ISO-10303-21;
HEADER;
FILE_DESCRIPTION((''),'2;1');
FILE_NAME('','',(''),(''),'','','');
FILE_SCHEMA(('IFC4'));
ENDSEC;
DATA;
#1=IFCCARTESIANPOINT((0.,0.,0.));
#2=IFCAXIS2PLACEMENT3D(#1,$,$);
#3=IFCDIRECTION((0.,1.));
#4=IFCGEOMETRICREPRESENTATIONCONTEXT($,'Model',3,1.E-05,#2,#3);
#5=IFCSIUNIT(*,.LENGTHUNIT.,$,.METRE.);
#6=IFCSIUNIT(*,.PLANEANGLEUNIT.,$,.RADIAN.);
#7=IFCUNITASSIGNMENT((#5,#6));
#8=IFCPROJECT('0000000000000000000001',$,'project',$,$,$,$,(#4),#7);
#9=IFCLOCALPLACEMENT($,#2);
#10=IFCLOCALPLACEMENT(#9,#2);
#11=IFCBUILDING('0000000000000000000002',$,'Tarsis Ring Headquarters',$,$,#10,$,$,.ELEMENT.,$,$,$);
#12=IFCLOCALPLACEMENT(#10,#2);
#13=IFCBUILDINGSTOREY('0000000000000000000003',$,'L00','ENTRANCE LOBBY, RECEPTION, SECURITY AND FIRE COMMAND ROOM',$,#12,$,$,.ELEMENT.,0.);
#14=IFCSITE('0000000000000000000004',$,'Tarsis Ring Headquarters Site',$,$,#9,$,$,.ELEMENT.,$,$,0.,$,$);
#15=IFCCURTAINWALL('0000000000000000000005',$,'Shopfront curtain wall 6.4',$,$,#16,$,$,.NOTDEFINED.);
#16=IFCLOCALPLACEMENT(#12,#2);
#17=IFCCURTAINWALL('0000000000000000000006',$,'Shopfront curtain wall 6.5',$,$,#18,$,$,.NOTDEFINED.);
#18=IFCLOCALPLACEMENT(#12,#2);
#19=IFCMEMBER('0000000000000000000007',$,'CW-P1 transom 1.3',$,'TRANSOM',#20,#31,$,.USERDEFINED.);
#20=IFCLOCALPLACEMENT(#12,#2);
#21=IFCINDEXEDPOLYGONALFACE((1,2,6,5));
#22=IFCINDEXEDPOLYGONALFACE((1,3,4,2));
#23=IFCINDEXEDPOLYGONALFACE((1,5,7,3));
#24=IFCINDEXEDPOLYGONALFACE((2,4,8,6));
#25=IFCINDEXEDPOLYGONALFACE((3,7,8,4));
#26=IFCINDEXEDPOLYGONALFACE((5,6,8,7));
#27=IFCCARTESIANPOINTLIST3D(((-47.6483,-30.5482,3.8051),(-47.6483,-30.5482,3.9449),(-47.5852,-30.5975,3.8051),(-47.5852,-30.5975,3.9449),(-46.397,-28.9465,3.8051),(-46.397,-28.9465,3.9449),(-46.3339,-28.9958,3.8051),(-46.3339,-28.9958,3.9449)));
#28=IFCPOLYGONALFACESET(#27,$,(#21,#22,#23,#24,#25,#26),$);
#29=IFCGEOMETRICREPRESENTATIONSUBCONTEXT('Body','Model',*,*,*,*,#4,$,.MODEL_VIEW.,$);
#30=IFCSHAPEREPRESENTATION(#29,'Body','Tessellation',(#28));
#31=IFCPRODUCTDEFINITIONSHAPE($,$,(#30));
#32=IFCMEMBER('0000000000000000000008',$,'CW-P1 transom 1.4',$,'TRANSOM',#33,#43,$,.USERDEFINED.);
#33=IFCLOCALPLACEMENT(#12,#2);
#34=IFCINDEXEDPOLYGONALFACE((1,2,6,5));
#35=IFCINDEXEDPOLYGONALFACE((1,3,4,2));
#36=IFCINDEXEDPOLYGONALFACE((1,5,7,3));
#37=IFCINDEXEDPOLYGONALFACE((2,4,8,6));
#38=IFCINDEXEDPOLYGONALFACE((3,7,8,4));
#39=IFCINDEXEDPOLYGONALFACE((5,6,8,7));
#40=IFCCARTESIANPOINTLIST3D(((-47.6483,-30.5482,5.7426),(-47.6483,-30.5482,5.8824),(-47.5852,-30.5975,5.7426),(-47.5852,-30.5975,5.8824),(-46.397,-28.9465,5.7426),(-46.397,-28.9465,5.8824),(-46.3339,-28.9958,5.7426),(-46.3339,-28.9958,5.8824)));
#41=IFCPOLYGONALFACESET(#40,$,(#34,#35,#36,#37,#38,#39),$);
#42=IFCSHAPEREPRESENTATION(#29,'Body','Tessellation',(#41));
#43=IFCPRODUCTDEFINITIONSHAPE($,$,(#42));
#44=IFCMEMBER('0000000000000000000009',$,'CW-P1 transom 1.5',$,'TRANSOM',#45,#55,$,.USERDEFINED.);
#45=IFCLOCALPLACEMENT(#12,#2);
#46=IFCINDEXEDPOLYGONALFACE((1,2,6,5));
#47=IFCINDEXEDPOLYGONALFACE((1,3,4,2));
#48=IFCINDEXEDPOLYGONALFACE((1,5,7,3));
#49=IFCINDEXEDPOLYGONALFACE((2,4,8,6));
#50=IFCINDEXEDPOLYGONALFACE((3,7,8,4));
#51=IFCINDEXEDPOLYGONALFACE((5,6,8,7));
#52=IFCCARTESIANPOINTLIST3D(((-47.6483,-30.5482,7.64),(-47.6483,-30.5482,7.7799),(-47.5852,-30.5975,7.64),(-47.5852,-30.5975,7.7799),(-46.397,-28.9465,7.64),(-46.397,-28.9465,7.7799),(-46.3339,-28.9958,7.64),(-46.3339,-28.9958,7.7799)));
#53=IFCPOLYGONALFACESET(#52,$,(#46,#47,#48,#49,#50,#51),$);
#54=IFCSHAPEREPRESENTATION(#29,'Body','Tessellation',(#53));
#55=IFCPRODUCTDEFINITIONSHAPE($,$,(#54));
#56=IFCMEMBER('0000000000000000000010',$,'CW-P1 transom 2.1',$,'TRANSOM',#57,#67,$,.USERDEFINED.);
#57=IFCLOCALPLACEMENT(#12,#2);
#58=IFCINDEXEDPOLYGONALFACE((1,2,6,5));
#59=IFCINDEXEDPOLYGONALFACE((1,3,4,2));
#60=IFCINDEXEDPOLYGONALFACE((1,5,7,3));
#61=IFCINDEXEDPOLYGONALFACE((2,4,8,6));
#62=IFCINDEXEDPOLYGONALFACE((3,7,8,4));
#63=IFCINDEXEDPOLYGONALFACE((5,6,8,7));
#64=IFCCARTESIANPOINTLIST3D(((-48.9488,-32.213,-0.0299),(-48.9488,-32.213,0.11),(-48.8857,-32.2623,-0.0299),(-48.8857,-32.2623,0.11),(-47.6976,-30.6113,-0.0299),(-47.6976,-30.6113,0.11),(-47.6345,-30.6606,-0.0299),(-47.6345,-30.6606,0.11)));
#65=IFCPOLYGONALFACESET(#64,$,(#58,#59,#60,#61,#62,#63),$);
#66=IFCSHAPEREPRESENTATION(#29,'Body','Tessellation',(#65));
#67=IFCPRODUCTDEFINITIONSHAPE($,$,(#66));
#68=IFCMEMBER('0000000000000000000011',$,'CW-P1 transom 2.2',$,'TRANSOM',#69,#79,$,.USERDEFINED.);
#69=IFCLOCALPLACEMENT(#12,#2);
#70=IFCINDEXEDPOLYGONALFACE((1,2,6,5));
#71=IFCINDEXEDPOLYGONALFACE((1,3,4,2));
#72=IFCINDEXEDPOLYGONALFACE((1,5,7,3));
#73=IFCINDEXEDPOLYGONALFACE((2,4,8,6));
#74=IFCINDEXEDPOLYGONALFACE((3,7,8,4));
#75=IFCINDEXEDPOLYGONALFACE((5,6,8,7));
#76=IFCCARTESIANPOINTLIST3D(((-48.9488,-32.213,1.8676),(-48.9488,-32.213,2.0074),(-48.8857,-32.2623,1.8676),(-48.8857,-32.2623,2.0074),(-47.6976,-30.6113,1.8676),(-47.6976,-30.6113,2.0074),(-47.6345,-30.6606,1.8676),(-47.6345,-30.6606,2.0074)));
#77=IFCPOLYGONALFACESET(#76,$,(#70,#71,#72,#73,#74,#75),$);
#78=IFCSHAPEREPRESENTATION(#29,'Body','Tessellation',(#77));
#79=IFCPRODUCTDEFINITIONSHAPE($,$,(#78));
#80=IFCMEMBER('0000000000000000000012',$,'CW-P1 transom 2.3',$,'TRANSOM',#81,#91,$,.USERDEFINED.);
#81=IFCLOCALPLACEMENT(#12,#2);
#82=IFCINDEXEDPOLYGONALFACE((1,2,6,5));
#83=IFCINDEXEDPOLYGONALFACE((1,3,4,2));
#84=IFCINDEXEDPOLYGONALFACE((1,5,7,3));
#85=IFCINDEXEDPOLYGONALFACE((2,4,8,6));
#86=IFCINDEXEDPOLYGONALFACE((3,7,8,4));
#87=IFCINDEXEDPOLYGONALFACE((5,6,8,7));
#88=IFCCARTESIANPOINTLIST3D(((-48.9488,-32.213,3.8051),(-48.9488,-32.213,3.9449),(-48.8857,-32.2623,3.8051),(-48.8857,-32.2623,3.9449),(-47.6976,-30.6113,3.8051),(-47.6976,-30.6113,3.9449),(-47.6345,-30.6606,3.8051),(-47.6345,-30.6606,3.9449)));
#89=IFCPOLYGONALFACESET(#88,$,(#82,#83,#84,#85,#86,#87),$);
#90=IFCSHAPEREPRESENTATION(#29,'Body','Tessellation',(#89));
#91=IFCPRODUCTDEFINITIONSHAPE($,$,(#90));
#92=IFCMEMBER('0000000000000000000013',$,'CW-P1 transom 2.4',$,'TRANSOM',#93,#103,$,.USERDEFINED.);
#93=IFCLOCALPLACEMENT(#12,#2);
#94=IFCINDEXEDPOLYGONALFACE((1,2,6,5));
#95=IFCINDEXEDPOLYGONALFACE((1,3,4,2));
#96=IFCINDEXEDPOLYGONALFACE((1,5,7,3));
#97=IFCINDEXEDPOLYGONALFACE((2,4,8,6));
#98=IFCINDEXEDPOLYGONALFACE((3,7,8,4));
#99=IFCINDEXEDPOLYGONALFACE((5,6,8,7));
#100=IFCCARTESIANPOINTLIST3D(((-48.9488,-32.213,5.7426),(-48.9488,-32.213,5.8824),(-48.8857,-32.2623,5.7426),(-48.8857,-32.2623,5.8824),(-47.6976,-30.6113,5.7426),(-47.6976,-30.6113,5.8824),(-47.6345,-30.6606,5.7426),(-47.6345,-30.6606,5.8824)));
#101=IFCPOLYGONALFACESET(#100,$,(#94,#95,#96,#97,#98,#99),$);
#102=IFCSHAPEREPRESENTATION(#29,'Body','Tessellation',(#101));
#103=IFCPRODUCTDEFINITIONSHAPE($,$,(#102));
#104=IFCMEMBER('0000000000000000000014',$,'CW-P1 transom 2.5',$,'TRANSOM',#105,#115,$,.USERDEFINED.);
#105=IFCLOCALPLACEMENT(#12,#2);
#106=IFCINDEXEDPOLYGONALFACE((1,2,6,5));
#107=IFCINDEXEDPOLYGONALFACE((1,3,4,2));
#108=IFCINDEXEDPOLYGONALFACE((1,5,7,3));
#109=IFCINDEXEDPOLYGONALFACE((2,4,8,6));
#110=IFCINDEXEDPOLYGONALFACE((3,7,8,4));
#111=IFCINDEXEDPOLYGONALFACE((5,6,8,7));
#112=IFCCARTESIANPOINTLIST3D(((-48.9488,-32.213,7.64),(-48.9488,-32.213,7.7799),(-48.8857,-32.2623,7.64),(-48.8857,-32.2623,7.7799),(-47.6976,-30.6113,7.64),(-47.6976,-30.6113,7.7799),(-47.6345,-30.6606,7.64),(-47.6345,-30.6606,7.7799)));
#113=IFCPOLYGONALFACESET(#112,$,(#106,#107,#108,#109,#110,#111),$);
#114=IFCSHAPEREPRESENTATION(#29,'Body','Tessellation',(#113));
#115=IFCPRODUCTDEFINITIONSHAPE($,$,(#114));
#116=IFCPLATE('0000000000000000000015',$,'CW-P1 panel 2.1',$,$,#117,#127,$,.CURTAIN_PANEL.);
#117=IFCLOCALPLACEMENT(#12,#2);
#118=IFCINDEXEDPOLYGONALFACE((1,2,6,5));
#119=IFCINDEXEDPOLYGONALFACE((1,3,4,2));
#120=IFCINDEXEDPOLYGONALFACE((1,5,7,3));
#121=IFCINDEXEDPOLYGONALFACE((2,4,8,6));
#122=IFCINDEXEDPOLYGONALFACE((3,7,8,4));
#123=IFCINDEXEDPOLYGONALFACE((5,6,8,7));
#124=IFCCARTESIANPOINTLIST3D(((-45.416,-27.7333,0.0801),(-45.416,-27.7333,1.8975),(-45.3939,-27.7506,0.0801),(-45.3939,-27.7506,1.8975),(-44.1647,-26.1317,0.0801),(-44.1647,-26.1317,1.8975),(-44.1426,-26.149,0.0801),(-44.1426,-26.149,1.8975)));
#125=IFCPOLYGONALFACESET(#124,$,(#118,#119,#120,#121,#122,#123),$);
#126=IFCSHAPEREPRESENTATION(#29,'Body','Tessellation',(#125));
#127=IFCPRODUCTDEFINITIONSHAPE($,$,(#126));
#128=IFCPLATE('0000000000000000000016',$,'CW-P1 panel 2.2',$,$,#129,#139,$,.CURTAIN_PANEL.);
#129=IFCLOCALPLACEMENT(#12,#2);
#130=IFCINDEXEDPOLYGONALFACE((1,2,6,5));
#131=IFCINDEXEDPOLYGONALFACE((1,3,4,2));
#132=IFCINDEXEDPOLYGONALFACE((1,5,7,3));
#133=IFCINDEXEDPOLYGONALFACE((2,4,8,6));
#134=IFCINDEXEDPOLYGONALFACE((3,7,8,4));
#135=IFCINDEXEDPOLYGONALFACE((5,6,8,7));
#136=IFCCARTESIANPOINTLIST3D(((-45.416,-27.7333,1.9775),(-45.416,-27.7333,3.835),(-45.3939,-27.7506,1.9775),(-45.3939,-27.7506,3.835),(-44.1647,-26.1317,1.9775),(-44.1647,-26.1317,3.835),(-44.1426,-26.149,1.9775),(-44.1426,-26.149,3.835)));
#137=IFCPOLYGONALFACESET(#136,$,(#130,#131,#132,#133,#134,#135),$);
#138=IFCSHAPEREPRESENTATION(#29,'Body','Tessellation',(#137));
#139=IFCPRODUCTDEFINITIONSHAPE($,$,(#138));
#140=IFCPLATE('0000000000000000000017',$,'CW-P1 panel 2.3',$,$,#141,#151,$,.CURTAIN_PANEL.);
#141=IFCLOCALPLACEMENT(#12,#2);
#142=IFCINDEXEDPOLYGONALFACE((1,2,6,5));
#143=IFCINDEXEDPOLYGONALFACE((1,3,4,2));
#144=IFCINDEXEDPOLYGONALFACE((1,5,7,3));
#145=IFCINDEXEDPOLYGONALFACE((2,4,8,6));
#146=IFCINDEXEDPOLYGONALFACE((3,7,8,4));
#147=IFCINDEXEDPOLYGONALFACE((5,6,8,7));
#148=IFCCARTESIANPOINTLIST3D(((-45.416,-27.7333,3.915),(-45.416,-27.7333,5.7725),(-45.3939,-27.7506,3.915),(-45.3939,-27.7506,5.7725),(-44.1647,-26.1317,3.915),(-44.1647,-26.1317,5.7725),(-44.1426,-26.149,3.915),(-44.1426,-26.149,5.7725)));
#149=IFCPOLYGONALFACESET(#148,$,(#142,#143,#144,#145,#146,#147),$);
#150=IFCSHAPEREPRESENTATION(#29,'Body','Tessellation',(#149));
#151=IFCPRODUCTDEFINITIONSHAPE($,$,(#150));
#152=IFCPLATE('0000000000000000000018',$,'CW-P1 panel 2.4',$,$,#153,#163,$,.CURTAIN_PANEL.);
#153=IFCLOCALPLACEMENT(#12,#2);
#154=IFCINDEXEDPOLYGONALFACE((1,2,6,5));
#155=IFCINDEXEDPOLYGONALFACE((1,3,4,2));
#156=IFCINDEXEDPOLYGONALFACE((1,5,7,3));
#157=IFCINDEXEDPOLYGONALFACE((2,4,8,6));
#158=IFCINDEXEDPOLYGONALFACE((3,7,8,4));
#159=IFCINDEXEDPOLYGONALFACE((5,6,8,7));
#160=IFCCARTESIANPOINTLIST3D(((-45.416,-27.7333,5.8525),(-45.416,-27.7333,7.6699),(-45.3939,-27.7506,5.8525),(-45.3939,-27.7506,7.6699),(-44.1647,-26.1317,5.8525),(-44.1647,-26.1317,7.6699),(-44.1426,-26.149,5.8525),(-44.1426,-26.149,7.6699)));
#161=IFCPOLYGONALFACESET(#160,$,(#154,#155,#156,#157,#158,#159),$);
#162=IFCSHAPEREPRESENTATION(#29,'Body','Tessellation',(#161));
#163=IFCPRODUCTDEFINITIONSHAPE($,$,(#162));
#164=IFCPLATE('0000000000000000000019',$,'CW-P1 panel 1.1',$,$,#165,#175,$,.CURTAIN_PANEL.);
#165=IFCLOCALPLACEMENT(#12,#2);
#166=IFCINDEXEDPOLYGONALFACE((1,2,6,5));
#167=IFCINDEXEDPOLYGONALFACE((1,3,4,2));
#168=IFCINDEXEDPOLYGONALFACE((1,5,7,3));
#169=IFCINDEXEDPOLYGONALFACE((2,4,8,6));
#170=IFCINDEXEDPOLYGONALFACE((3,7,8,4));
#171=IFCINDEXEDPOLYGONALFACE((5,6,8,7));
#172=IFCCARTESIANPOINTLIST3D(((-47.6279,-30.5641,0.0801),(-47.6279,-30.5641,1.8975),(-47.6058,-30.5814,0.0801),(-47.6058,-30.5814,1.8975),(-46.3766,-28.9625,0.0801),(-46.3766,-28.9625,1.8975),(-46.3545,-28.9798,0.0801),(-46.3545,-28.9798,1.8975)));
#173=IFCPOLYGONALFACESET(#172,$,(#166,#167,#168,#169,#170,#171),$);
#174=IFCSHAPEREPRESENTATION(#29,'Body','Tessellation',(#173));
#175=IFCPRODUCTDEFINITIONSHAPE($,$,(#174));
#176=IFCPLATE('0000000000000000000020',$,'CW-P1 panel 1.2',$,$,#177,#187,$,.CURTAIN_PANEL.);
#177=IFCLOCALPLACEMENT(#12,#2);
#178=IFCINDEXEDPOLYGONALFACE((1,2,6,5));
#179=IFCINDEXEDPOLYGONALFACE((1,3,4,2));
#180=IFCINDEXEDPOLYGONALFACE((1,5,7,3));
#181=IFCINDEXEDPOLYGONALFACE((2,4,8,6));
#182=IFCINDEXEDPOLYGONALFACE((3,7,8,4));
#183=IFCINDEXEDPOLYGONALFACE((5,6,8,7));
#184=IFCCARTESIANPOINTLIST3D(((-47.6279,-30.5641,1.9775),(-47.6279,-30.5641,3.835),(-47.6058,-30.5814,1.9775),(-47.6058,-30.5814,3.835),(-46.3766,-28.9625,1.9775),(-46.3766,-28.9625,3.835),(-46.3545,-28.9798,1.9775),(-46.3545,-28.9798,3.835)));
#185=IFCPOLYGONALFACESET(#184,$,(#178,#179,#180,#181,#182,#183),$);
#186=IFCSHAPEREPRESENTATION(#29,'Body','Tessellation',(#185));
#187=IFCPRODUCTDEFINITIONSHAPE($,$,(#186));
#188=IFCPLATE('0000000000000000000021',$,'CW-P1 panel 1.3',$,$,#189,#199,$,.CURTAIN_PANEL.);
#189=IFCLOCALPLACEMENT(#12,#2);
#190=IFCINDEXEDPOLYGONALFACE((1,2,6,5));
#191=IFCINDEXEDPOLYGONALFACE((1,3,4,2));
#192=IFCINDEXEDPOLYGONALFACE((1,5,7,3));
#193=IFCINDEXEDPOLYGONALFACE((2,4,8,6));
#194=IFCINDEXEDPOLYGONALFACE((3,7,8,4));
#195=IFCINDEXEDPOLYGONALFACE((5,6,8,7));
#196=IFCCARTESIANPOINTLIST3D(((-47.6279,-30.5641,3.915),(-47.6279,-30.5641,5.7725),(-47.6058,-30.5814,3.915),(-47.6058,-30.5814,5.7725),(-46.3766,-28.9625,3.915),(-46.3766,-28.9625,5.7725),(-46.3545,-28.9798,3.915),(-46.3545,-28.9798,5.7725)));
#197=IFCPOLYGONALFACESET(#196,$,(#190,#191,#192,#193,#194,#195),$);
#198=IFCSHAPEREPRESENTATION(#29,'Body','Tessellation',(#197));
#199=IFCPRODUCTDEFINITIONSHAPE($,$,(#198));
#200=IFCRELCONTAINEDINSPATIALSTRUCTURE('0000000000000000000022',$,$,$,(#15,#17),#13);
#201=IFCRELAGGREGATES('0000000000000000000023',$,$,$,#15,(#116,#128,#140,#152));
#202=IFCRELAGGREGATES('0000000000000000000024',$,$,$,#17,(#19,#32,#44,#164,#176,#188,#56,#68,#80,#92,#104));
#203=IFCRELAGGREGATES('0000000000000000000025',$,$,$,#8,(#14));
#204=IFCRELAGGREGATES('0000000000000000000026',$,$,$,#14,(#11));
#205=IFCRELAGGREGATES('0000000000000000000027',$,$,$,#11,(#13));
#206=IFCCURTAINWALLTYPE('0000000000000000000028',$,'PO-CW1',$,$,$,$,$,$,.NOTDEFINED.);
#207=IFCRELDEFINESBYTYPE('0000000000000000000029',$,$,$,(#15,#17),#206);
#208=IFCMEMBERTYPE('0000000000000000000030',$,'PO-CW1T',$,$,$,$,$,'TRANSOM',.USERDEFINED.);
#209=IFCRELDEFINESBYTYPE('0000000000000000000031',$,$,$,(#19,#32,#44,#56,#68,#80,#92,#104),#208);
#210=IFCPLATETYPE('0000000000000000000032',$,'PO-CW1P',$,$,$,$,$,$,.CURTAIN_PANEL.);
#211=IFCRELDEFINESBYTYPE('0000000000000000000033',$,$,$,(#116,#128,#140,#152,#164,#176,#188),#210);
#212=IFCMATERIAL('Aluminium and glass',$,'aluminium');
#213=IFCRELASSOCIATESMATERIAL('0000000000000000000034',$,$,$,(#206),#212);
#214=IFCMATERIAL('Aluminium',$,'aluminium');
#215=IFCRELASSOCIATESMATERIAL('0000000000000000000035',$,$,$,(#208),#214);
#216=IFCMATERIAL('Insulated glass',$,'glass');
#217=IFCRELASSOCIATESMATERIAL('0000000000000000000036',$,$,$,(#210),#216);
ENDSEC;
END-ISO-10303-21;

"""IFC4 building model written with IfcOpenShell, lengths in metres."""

from ifc_helpers import new_model, si_unit, direction, frame, origin, origin_2d, place, context, subcontext, project, spatial, rectangle, extrude, material, material_profile, profile_set, type_object, element, aggregate, save


model = new_model("IFC4")

# Units and contexts
model_context = context("Model", 3, precision=1e-05, world=origin(), true_north=direction((0.0, 1.0)))
body_context = subcontext(model_context, "Body", "Model", "MODEL_VIEW")
ifc_project = project(units=[si_unit("LENGTHUNIT", "METRE"), si_unit("PLANEANGLEUNIT", "RADIAN")], contexts=[model_context])

# Site, building, storey
site_placement = place(None, origin())
site = spatial("IfcSite", under=ifc_project, at=site_placement, Name="Tarsis Ring Headquarters Site", CompositionType="ELEMENT", RefElevation=0.0)
building_placement = place(site_placement, origin())
building = spatial("IfcBuilding", under=site, at=building_placement, Name="Tarsis Ring Headquarters", CompositionType="ELEMENT")
storey_placement = place(building_placement, origin())
storey = spatial("IfcBuildingStorey", under=building, at=storey_placement, Name="L00", Description="ENTRANCE LOBBY, RECEPTION, SECURITY AND FIRE COMMAND ROOM", CompositionType="ELEMENT", Elevation=0.0)

# Curtain wall
ifc_material_1 = material(Name="Aluminium and glass", Category="aluminium")
curtain_wall_type = type_object("IfcCurtainWallType", Name="PO-CW1", PredefinedType="NOTDEFINED", material=ifc_material_1)
curtain_wall_1_placement = place(storey_placement, origin())
curtain_wall_1 = element("IfcCurtainWall", 1, at=curtain_wall_1_placement, inside=storey, type_object=curtain_wall_type, Name="Shopfront curtain wall 6.4", PredefinedType="NOTDEFINED")
ifc_material_2 = material(Name="Aluminium", Category="aluminium")

# Curtain wall
curtain_wall_2_placement = place(storey_placement, origin())
curtain_wall_2 = element("IfcCurtainWall", 2, at=curtain_wall_2_placement, inside=storey, type_object=curtain_wall_type, Name="Shopfront curtain wall 6.5", PredefinedType="NOTDEFINED")

# Members
ifc_material_profile_1 = material_profile(ifc_material_2, rectangle(XDim=0.0801, YDim=0.1399, at=origin_2d()), Name="PO-CW1T")
ifc_profile_set_1 = profile_set([ifc_material_profile_1], Name="Aluminium")
member_type_1 = type_object("IfcMemberType", Name="PO-CW1T", ElementType="TRANSOM", PredefinedType="USERDEFINED", material=ifc_profile_set_1)
member_1_placement = place(storey_placement, frame((-46.3655, -28.9712, 3.875), z_axis=(-0.615644, -0.788024, 0.0), x_axis=(0.788024, -0.615644, 0.0)))
member_1 = element("IfcMember", 3, at=member_1_placement, type_object=member_type_1, Name="CW-P1 transom 1.3", ObjectType="TRANSOM", PredefinedType="USERDEFINED", context=body_context, shape_type="SweptSolid", body=[
    extrude(rectangle(XDim=0.0801, YDim=0.1399, at=origin_2d()), origin(), (0.0, 0.0, 1.0), 2.0325),
])
member_2_placement = place(storey_placement, frame((-46.3655, -28.9712, 5.8125), z_axis=(-0.615644, -0.788024, 0.0), x_axis=(0.788024, -0.615644, 0.0)))
member_2 = element("IfcMember", 4, at=member_2_placement, type_object=member_type_1, Name="CW-P1 transom 1.4", ObjectType="TRANSOM", PredefinedType="USERDEFINED", context=body_context, shape_type="SweptSolid", body=[
    extrude(rectangle(XDim=0.0801, YDim=0.1399, at=origin_2d()), origin(), (0.0, 0.0, 1.0), 2.0325),
])
member_3_placement = place(storey_placement, frame((-46.3655, -28.9712, 7.71), z_axis=(-0.615644, -0.788024, 0.0), x_axis=(0.788024, -0.615644, 0.0)))
member_3 = element("IfcMember", 5, at=member_3_placement, type_object=member_type_1, Name="CW-P1 transom 1.5", ObjectType="TRANSOM", PredefinedType="USERDEFINED", context=body_context, shape_type="SweptSolid", body=[
    extrude(rectangle(XDim=0.0801, YDim=0.1399, at=origin_2d()), origin(), (0.0, 0.0, 1.0), 2.0325),
])
member_4_placement = place(storey_placement, frame((-47.666, -30.636, 0.04), z_axis=(-0.615644, -0.788024, 0.0), x_axis=(0.788024, -0.615644, 0.0)))
member_4 = element("IfcMember", 6, at=member_4_placement, type_object=member_type_1, Name="CW-P1 transom 2.1", ObjectType="TRANSOM", PredefinedType="USERDEFINED", context=body_context, shape_type="SweptSolid", body=[
    extrude(rectangle(XDim=0.0801, YDim=0.1399, at=origin_2d()), origin(), (0.0, 0.0, 1.0), 2.0325),
])
member_5_placement = place(storey_placement, frame((-47.666, -30.636, 1.9375), z_axis=(-0.615644, -0.788024, 0.0), x_axis=(0.788024, -0.615644, 0.0)))
member_5 = element("IfcMember", 7, at=member_5_placement, type_object=member_type_1, Name="CW-P1 transom 2.2", ObjectType="TRANSOM", PredefinedType="USERDEFINED", context=body_context, shape_type="SweptSolid", body=[
    extrude(rectangle(XDim=0.0801, YDim=0.1399, at=origin_2d()), origin(), (0.0, 0.0, 1.0), 2.0325),
])
member_6_placement = place(storey_placement, frame((-47.666, -30.636, 3.875), z_axis=(-0.615644, -0.788024, 0.0), x_axis=(0.788024, -0.615644, 0.0)))
member_6 = element("IfcMember", 8, at=member_6_placement, type_object=member_type_1, Name="CW-P1 transom 2.3", ObjectType="TRANSOM", PredefinedType="USERDEFINED", context=body_context, shape_type="SweptSolid", body=[
    extrude(rectangle(XDim=0.0801, YDim=0.1399, at=origin_2d()), origin(), (0.0, 0.0, 1.0), 2.0325),
])
member_7_placement = place(storey_placement, frame((-47.666, -30.636, 5.8125), z_axis=(-0.615644, -0.788024, 0.0), x_axis=(0.788024, -0.615644, 0.0)))
member_7 = element("IfcMember", 9, at=member_7_placement, type_object=member_type_1, Name="CW-P1 transom 2.4", ObjectType="TRANSOM", PredefinedType="USERDEFINED", context=body_context, shape_type="SweptSolid", body=[
    extrude(rectangle(XDim=0.0801, YDim=0.1399, at=origin_2d()), origin(), (0.0, 0.0, 1.0), 2.0325),
])
member_8_placement = place(storey_placement, frame((-47.666, -30.636, 7.71), z_axis=(-0.615644, -0.788024, 0.0), x_axis=(0.788024, -0.615644, 0.0)))
member_8 = element("IfcMember", 10, at=member_8_placement, type_object=member_type_1, Name="CW-P1 transom 2.5", ObjectType="TRANSOM", PredefinedType="USERDEFINED", context=body_context, shape_type="SweptSolid", body=[
    extrude(rectangle(XDim=0.0801, YDim=0.1399, at=origin_2d()), origin(), (0.0, 0.0, 1.0), 2.0325),
])

# Plates
ifc_material_3 = material(Name="Insulated glass", Category="glass")
plate_type = type_object("IfcPlateType", Name="PO-CW1P", PredefinedType="CURTAIN_PANEL", material=ifc_material_3)
plate_1_placement = place(storey_placement, frame((-44.7793, -26.9412, 0.0801), z_axis=(0.0, 0.0, 1.0), x_axis=(-0.615661, -0.788011, 0.0)))
plate_1 = element("IfcPlate", 11, at=plate_1_placement, type_object=plate_type, Name="CW-P1 panel 2.1", PredefinedType="CURTAIN_PANEL", context=body_context, shape_type="SweptSolid", body=[
    extrude(rectangle(XDim=2.0325, YDim=0.0281, at=origin_2d()), origin(), (0.0, 0.0, 1.0), 1.8174),
])
plate_2_placement = place(storey_placement, frame((-44.7793, -26.9412, 1.9775), z_axis=(0.0, 0.0, 1.0), x_axis=(-0.615661, -0.788011, 0.0)))
plate_2 = element("IfcPlate", 12, at=plate_2_placement, type_object=plate_type, Name="CW-P1 panel 2.2", PredefinedType="CURTAIN_PANEL", context=body_context, shape_type="SweptSolid", body=[
    extrude(rectangle(XDim=2.0325, YDim=0.0281, at=origin_2d()), origin(), (0.0, 0.0, 1.0), 1.8574),
])
plate_3_placement = place(storey_placement, frame((-44.7793, -26.9412, 3.915), z_axis=(0.0, 0.0, 1.0), x_axis=(-0.615661, -0.788011, 0.0)))
plate_3 = element("IfcPlate", 13, at=plate_3_placement, type_object=plate_type, Name="CW-P1 panel 2.3", PredefinedType="CURTAIN_PANEL", context=body_context, shape_type="SweptSolid", body=[
    extrude(rectangle(XDim=2.0325, YDim=0.0281, at=origin_2d()), origin(), (0.0, 0.0, 1.0), 1.8574),
])
plate_4_placement = place(storey_placement, frame((-44.7793, -26.9412, 5.8525), z_axis=(0.0, 0.0, 1.0), x_axis=(-0.615661, -0.788011, 0.0)))
plate_4 = element("IfcPlate", 14, at=plate_4_placement, type_object=plate_type, Name="CW-P1 panel 2.4", PredefinedType="CURTAIN_PANEL", context=body_context, shape_type="SweptSolid", body=[
    extrude(rectangle(XDim=2.0325, YDim=0.0281, at=origin_2d()), origin(), (0.0, 0.0, 1.0), 1.8174),
])
aggregate(curtain_wall_1, [plate_1, plate_2, plate_3, plate_4])
plate_5_placement = place(storey_placement, frame((-46.9912, -29.772, 0.0801), z_axis=(0.0, 0.0, 1.0), x_axis=(-0.615662, -0.788011, 0.0)))
plate_5 = element("IfcPlate", 15, at=plate_5_placement, type_object=plate_type, Name="CW-P1 panel 1.1", PredefinedType="CURTAIN_PANEL", context=body_context, shape_type="SweptSolid", body=[
    extrude(rectangle(XDim=2.0325, YDim=0.0281, at=origin_2d()), origin(), (0.0, 0.0, 1.0), 1.8174),
])
plate_6_placement = place(storey_placement, frame((-46.9912, -29.772, 1.9775), z_axis=(0.0, 0.0, 1.0), x_axis=(-0.615662, -0.788011, 0.0)))
plate_6 = element("IfcPlate", 16, at=plate_6_placement, type_object=plate_type, Name="CW-P1 panel 1.2", PredefinedType="CURTAIN_PANEL", context=body_context, shape_type="SweptSolid", body=[
    extrude(rectangle(XDim=2.0325, YDim=0.0281, at=origin_2d()), origin(), (0.0, 0.0, 1.0), 1.8574),
])
plate_7_placement = place(storey_placement, frame((-46.9912, -29.772, 3.915), z_axis=(0.0, 0.0, 1.0), x_axis=(-0.615662, -0.788011, 0.0)))
plate_7 = element("IfcPlate", 17, at=plate_7_placement, type_object=plate_type, Name="CW-P1 panel 1.3", PredefinedType="CURTAIN_PANEL", context=body_context, shape_type="SweptSolid", body=[
    extrude(rectangle(XDim=2.0325, YDim=0.0281, at=origin_2d()), origin(), (0.0, 0.0, 1.0), 1.8574),
])
aggregate(curtain_wall_2, [member_1, member_2, member_3, plate_5, plate_6, plate_7, member_4, member_5, member_6, member_7, member_8])

save(model, "model.ifc")
